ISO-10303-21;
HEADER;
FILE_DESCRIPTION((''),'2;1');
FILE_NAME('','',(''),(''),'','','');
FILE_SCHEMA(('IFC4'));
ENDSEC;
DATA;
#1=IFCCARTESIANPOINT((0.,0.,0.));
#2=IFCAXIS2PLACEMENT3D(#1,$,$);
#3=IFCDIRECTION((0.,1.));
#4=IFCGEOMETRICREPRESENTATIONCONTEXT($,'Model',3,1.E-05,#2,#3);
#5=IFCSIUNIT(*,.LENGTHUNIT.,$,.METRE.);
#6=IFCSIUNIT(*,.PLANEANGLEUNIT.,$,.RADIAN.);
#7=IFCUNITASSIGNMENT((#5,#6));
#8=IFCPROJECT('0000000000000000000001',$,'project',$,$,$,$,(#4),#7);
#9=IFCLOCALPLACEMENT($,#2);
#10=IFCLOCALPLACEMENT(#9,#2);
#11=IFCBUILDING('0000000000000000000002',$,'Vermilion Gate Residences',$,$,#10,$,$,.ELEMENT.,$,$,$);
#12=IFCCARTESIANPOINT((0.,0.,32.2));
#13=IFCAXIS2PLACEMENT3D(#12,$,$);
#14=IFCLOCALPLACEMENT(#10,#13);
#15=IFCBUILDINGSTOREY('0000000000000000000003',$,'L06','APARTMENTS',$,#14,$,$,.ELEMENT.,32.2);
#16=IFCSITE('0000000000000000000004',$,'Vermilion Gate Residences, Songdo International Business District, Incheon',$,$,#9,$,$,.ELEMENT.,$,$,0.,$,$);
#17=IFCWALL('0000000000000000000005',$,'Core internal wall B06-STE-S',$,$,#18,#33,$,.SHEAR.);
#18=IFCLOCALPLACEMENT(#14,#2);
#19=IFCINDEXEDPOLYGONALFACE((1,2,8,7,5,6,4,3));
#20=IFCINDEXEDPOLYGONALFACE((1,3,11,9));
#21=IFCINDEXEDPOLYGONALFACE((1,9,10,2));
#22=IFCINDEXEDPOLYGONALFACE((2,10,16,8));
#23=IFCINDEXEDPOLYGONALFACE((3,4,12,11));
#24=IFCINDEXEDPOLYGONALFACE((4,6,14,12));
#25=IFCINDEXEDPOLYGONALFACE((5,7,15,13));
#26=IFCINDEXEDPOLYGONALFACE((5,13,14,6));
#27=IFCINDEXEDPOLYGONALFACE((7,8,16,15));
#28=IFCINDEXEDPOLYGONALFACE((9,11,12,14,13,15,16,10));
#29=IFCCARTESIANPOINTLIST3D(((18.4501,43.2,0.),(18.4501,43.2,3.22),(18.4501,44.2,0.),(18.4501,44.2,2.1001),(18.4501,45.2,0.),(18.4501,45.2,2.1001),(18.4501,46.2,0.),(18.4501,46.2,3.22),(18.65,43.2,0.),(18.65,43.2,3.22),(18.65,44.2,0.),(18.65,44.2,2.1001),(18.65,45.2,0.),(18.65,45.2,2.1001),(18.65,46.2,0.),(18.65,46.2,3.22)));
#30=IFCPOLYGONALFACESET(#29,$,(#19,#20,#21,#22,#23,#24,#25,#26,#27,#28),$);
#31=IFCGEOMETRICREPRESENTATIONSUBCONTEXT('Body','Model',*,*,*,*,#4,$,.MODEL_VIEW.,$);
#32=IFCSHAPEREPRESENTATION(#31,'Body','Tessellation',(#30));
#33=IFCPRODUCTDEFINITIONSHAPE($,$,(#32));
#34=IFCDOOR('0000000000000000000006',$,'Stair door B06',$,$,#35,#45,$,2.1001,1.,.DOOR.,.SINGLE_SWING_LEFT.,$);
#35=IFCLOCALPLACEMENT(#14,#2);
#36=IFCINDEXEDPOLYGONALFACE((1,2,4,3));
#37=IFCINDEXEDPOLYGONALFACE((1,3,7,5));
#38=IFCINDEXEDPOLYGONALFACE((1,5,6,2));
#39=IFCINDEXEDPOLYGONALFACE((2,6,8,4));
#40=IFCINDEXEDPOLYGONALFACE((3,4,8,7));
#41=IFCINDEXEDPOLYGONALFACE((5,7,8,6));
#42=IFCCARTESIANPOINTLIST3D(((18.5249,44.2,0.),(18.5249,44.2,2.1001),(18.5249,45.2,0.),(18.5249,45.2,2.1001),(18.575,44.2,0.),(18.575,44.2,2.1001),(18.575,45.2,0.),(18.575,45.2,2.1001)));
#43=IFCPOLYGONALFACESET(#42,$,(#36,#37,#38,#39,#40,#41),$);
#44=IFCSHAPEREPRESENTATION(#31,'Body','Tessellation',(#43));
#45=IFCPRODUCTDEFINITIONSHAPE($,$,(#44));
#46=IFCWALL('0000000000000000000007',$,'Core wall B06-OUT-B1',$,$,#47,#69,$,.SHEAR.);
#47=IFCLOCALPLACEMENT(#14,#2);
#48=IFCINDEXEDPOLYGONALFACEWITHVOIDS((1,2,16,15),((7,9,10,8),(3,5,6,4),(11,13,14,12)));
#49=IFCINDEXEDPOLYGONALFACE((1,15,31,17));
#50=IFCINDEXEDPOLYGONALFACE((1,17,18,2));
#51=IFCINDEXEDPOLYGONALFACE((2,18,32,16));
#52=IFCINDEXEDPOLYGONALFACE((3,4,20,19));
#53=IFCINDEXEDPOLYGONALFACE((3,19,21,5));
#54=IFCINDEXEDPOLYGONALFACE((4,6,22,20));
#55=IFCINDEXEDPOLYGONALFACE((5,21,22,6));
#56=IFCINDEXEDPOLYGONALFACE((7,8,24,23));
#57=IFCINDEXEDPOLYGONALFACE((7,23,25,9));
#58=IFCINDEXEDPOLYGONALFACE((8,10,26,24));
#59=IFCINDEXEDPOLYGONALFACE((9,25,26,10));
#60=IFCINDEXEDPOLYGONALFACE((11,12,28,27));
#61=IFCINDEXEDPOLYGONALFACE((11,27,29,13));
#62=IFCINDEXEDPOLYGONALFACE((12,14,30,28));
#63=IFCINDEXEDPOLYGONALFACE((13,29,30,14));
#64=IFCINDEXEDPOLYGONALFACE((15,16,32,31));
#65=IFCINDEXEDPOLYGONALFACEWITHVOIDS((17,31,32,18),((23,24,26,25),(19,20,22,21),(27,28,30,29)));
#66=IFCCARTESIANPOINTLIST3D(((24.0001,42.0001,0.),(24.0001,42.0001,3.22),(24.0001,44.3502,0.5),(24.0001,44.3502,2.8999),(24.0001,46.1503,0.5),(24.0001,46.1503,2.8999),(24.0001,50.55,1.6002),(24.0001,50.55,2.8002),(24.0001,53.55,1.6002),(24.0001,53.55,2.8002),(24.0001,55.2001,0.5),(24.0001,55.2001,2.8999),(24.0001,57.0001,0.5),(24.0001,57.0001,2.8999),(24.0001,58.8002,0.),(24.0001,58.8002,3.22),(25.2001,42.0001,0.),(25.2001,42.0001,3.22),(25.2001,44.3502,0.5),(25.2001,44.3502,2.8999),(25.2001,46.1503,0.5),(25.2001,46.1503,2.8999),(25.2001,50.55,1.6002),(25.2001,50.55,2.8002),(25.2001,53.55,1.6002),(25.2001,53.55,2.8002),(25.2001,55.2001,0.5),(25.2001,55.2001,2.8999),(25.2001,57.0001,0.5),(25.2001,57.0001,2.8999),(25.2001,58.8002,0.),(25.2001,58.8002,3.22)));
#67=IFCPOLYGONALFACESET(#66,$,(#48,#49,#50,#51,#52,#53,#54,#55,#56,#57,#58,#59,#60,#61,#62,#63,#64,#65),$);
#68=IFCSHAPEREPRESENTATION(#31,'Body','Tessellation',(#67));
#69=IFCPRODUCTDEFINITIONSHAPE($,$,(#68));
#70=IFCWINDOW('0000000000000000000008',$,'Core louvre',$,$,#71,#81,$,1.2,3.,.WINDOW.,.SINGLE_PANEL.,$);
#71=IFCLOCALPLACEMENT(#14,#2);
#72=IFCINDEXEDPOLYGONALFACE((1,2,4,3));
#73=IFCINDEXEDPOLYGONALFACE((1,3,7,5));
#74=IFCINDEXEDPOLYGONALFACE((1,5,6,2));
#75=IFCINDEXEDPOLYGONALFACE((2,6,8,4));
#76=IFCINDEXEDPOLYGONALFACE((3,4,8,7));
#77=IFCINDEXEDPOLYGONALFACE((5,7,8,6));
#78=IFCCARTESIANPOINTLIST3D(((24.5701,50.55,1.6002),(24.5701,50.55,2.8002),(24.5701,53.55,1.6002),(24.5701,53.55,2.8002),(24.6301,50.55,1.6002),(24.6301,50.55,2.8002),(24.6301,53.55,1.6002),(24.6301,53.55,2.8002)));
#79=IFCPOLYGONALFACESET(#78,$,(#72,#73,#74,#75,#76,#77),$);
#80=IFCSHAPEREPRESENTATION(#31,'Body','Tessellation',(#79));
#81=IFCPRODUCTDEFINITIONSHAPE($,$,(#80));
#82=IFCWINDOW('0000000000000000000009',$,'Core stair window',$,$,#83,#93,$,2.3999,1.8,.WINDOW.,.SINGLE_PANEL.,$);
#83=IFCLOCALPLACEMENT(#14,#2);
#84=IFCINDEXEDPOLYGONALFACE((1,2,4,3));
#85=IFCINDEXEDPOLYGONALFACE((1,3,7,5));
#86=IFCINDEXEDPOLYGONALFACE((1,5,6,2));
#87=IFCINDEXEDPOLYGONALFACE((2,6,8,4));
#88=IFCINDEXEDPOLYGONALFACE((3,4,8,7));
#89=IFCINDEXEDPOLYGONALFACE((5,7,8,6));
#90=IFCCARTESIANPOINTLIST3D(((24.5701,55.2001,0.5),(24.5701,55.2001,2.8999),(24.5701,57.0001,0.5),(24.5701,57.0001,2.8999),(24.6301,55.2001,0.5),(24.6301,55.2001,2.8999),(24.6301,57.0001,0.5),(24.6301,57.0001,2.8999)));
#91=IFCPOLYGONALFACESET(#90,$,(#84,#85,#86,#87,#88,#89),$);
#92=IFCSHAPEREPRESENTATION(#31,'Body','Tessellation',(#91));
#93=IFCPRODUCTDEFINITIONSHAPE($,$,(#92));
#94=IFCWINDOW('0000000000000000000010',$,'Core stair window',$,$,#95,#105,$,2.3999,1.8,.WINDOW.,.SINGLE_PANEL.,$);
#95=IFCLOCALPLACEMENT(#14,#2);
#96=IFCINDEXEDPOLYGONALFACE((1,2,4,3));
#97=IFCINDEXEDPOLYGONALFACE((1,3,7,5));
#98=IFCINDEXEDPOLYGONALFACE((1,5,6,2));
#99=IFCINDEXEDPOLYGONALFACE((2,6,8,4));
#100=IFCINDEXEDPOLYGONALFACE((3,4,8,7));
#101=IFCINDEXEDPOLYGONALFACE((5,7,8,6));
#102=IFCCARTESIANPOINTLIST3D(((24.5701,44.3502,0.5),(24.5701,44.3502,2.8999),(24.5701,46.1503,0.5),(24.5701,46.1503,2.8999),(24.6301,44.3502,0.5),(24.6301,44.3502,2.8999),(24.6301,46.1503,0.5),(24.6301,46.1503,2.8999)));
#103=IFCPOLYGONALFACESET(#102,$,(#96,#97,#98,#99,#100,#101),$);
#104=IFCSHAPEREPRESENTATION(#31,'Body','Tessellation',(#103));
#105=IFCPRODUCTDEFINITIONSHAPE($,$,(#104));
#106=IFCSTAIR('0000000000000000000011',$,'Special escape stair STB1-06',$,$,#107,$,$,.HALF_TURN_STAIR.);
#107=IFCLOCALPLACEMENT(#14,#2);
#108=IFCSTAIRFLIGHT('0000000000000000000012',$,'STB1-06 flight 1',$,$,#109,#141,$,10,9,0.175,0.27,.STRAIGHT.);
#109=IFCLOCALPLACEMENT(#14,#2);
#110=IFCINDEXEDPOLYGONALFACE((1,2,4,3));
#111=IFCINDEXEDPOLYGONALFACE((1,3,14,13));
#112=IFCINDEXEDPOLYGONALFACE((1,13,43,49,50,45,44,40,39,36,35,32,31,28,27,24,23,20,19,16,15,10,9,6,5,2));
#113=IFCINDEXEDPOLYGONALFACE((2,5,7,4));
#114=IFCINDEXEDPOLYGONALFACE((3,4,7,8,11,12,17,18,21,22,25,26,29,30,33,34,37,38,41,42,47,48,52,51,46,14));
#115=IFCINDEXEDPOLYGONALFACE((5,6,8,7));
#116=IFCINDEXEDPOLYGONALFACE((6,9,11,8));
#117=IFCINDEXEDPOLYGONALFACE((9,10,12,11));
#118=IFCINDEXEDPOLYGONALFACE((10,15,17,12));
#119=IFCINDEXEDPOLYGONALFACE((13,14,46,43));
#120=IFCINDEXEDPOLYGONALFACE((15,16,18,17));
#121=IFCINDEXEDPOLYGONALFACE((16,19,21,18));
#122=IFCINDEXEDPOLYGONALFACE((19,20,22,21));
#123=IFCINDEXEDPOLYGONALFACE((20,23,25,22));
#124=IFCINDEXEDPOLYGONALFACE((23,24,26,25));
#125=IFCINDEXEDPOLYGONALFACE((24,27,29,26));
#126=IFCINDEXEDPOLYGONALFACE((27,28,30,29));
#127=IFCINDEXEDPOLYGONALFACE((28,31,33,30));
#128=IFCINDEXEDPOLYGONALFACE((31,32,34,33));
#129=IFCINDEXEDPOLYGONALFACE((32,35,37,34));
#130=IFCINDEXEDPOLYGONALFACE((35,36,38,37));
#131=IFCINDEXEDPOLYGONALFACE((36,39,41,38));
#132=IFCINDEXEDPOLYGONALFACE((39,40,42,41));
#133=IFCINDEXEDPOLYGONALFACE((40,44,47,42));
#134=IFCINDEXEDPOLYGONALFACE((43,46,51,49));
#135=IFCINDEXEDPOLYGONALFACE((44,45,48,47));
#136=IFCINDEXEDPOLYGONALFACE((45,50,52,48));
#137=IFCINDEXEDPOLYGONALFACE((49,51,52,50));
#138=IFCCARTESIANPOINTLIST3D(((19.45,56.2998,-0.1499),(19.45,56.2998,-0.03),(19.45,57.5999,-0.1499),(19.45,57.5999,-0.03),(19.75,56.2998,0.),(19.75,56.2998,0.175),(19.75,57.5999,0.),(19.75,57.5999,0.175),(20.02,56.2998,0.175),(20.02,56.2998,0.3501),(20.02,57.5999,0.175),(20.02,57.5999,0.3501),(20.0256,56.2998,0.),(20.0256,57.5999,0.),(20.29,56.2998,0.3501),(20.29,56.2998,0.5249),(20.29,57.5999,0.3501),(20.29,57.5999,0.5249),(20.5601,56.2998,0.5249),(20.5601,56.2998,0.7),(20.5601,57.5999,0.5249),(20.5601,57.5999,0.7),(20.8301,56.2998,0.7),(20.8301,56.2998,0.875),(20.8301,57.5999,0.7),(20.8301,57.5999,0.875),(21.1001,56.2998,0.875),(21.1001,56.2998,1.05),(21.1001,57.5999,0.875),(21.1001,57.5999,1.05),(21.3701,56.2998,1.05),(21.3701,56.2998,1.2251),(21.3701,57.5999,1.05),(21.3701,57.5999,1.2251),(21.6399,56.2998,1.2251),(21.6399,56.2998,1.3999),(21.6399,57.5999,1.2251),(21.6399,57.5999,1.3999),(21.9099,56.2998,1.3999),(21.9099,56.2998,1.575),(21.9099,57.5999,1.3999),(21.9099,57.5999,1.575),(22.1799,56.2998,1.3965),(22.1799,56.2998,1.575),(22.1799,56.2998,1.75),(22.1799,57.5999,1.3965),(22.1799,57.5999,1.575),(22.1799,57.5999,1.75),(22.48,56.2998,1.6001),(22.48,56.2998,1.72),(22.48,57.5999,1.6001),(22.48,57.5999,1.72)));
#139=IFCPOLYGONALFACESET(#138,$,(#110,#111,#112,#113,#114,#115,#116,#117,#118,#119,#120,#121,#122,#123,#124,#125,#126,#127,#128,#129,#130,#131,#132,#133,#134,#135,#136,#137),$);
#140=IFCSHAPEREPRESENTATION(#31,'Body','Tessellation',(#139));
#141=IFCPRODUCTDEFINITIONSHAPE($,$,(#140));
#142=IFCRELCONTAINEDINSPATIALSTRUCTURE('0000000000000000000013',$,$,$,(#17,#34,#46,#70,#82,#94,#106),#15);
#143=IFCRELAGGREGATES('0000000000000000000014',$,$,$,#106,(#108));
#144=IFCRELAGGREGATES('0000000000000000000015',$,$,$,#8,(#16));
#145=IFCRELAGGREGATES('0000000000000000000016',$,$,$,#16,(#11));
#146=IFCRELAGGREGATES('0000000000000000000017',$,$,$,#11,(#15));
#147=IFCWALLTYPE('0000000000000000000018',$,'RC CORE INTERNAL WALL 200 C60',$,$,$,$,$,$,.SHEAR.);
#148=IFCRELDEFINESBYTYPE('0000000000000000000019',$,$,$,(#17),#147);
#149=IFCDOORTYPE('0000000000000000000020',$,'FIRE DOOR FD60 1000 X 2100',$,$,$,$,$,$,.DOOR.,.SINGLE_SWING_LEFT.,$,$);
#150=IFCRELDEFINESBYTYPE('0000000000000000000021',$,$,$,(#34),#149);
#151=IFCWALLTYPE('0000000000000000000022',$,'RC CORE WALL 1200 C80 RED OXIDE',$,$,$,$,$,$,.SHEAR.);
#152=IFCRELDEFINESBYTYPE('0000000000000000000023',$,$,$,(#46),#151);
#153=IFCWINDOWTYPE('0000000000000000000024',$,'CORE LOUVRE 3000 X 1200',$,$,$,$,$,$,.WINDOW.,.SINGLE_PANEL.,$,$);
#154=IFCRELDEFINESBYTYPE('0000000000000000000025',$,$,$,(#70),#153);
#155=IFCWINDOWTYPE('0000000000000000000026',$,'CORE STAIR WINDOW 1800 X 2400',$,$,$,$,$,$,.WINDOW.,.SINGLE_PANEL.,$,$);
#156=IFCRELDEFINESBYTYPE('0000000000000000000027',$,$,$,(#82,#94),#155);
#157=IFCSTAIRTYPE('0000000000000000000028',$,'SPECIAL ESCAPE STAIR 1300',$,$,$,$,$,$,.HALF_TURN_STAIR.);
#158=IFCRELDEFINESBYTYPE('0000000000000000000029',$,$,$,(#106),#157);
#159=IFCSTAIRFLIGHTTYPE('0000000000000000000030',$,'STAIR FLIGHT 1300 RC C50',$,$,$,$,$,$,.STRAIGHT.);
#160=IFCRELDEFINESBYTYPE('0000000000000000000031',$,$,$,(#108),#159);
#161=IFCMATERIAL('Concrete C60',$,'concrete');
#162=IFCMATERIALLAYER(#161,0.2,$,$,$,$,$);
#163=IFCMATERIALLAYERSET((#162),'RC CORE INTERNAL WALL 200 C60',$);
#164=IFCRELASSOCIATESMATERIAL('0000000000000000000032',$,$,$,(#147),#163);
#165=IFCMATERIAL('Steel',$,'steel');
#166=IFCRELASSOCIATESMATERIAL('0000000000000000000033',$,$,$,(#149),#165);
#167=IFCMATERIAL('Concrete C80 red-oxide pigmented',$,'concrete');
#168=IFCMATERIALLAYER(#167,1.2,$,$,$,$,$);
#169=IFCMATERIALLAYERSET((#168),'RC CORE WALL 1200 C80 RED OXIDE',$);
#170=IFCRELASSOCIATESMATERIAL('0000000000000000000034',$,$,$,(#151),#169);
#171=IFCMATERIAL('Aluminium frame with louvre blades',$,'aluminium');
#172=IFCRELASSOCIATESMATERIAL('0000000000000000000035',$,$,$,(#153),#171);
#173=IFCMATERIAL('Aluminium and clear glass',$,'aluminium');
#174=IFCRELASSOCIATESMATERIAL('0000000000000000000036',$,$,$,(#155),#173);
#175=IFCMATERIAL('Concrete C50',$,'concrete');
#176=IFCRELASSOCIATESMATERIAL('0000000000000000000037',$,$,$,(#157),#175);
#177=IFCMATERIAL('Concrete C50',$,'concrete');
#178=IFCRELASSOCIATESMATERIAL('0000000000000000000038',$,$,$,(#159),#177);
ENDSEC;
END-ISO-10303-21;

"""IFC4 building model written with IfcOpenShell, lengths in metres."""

from ifc_helpers import new_model, si_unit, direction, frame, frame_2d, origin, place, context, subcontext, project, spatial, polyline, rectangle, outline, extrude, material, layer, layer_set, type_object, element, fill, aggregate, save


model = new_model("IFC4")

# Units and contexts
model_context = context("Model", 3, precision=1e-05, world=origin(), true_north=direction((0.0, 1.0)))
body_context = subcontext(model_context, "Body", "Model", "MODEL_VIEW")
ifc_project = project(units=[si_unit("LENGTHUNIT", "METRE"), si_unit("PLANEANGLEUNIT", "RADIAN")], contexts=[model_context])

# Site, building, storey
site_placement = place(None, origin())
site = spatial("IfcSite", under=ifc_project, at=site_placement, Name="Vermilion Gate Residences, Songdo International Business District, Incheon", CompositionType="ELEMENT", RefElevation=0.0)
building_placement = place(site_placement, origin())
building = spatial("IfcBuilding", under=site, at=building_placement, Name="Vermilion Gate Residences", CompositionType="ELEMENT")
storey_placement = place(building_placement, frame((0.0, 0.0, 32.2)))
storey = spatial("IfcBuildingStorey", under=building, at=storey_placement, Name="L06", Description="APARTMENTS", CompositionType="ELEMENT", Elevation=32.2)

# Shared definitions
ifc_material_1 = material(Name="Concrete C60", Category="concrete")
ifc_layer_1 = layer(ifc_material_1, 0.2)
ifc_layer_set_1 = layer_set([ifc_layer_1], Name="RC CORE INTERNAL WALL 200 C60")
wall_type_1 = type_object("IfcWallType", Name="RC CORE INTERNAL WALL 200 C60", PredefinedType="SHEAR", material=ifc_layer_set_1)

# Shared definitions
ifc_material_2 = material(Name="Steel", Category="steel")
door_type_1 = type_object("IfcDoorType", Name="FIRE DOOR FD60 1000 X 2100", OperationType="SINGLE_SWING_LEFT", PredefinedType="DOOR", material=ifc_material_2)

# Wall, opening, door
wall_1_placement = place(storey_placement, frame((18.55, 46.2, 0.0), z_axis=(0.0, 0.0, 1.0), x_axis=(0.0, -1.0, 0.0)))
wall_1 = element("IfcWall", 1, at=wall_1_placement, inside=storey, type_object=wall_type_1, Name="Core internal wall B06-STE-S", PredefinedType="SHEAR", context=body_context, shape_type="SweptSolid", body=[
    extrude(rectangle(XDim=3.0, YDim=0.2, at=frame_2d((1.5, 0.0))), origin(), (0.0, 0.0, 1.0), 3.22),
])
opening_1_placement = place(wall_1_placement, frame((1.0, 0.0, 0.0)))
opening_1 = element("IfcOpeningElement", 2, at=opening_1_placement, cuts=wall_1, PredefinedType="OPENING", context=body_context, shape_type="SweptSolid", body=[
    extrude(rectangle(XDim=1.0, YDim=2.1001, at=frame_2d((0.5, 1.05))), frame((0.0, 0.1099, 0.0), z_axis=(0.0, -1.0, 0.0), x_axis=(1.0, 0.0, 0.0)), (0.0, 0.0, 1.0), 0.22),
])
door_1_placement = place(opening_1_placement, origin())
door_1 = element("IfcDoor", 3, at=door_1_placement, inside=storey, type_object=door_type_1, Name="Stair door B06", OperationType="SINGLE_SWING_LEFT", OverallHeight=2.1001, OverallWidth=1.0, PredefinedType="DOOR", context=body_context, shape_type="SweptSolid", body=[
    extrude(rectangle(XDim=1.0, YDim=2.1001, at=frame_2d((0.5, 1.05))), frame((0.0, 0.0249, 0.0), z_axis=(0.0, -1.0, 0.0), x_axis=(1.0, 0.0, 0.0)), (0.0, 0.0, 1.0), 0.05),
])
fill(opening_1, door_1)

# Wall, openings, windows
ifc_material_3 = material(Name="Concrete C80 red-oxide pigmented", Category="concrete")
ifc_layer_2 = layer(ifc_material_3, 1.2)
ifc_layer_set_2 = layer_set([ifc_layer_2], Name="RC CORE WALL 1200 C80 RED OXIDE")
wall_type_2 = type_object("IfcWallType", Name="RC CORE WALL 1200 C80 RED OXIDE", PredefinedType="SHEAR", material=ifc_layer_set_2)
wall_2_placement = place(storey_placement, frame((24.6001, 58.8, 0.0), z_axis=(0.0, 0.0, 1.0), x_axis=(0.0, -1.0, 0.0)))
wall_2 = element("IfcWall", 4, at=wall_2_placement, inside=storey, type_object=wall_type_2, Name="Core wall B06-OUT-B1", PredefinedType="SHEAR", context=body_context, shape_type="SweptSolid", body=[
    extrude(rectangle(XDim=16.8, YDim=1.2, at=frame_2d((8.3999, 0.0))), origin(), (0.0, 0.0, 1.0), 3.22),
])
opening_2_placement = place(wall_2_placement, frame((1.8, 0.0, 0.5)))
opening_2 = element("IfcOpeningElement", 5, at=opening_2_placement, cuts=wall_2, PredefinedType="OPENING", context=body_context, shape_type="SweptSolid", body=[
    extrude(rectangle(XDim=1.8, YDim=2.3999, at=frame_2d((0.8999, 1.2))), frame((0.0, 0.6099, 0.0), z_axis=(0.0, -1.0, 0.0), x_axis=(1.0, 0.0, 0.0)), (0.0, 0.0, 1.0), 1.22),
])
opening_3_placement = place(wall_2_placement, frame((5.25, 0.0, 1.6001)))
opening_3 = element("IfcOpeningElement", 6, at=opening_3_placement, cuts=wall_2, PredefinedType="OPENING", context=body_context, shape_type="SweptSolid", body=[
    extrude(rectangle(XDim=3.0, YDim=1.2, at=frame_2d((1.5, 0.6001))), frame((0.0, 0.6099, 0.0), z_axis=(0.0, -1.0, 0.0), x_axis=(1.0, 0.0, 0.0)), (0.0, 0.0, 1.0), 1.22),
])
opening_4_placement = place(wall_2_placement, frame((12.6499, 0.0, 0.5)))
opening_4 = element("IfcOpeningElement", 7, at=opening_4_placement, cuts=wall_2, PredefinedType="OPENING", context=body_context, shape_type="SweptSolid", body=[
    extrude(rectangle(XDim=1.8, YDim=2.3999, at=frame_2d((0.8999, 1.2))), frame((0.0, 0.6099, 0.0), z_axis=(0.0, -1.0, 0.0), x_axis=(1.0, 0.0, 0.0)), (0.0, 0.0, 1.0), 1.22),
])
ifc_material_4 = material(Name="Aluminium frame with louvre blades", Category="aluminium")
window_type_1 = type_object("IfcWindowType", Name="CORE LOUVRE 3000 X 1200", PartitioningType="SINGLE_PANEL", PredefinedType="WINDOW", material=ifc_material_4)
window_1_placement = place(opening_3_placement, origin())
window_1 = element("IfcWindow", 8, at=window_1_placement, inside=storey, type_object=window_type_1, Name="Core louvre", OverallHeight=1.2, OverallWidth=3.0, PartitioningType="SINGLE_PANEL", PredefinedType="WINDOW", context=body_context, shape_type="SweptSolid", body=[
    extrude(rectangle(XDim=3.0, YDim=1.2, at=frame_2d((1.5, 0.6001))), frame((0.0, 0.03, 0.0), z_axis=(0.0, -1.0, 0.0), x_axis=(1.0, 0.0, 0.0)), (0.0, 0.0, 1.0), 0.0601),
])
fill(opening_3, window_1)
ifc_material_5 = material(Name="Aluminium and clear glass", Category="aluminium")
window_type_2 = type_object("IfcWindowType", Name="CORE STAIR WINDOW 1800 X 2400", PartitioningType="SINGLE_PANEL", PredefinedType="WINDOW", material=ifc_material_5)
window_2_placement = place(opening_2_placement, origin())
window_2 = element("IfcWindow", 9, at=window_2_placement, inside=storey, type_object=window_type_2, Name="Core stair window", OverallHeight=2.3999, OverallWidth=1.8, PartitioningType="SINGLE_PANEL", PredefinedType="WINDOW", context=body_context, shape_type="SweptSolid", body=[
    extrude(rectangle(XDim=1.8, YDim=2.3999, at=frame_2d((0.8999, 1.2))), frame((0.0, 0.03, 0.0), z_axis=(0.0, -1.0, 0.0), x_axis=(1.0, 0.0, 0.0)), (0.0, 0.0, 1.0), 0.0601),
])
fill(opening_2, window_2)
window_3_placement = place(opening_4_placement, origin())
window_3 = element("IfcWindow", 10, at=window_3_placement, inside=storey, type_object=window_type_2, Name="Core stair window", OverallHeight=2.3999, OverallWidth=1.8, PartitioningType="SINGLE_PANEL", PredefinedType="WINDOW", context=body_context, shape_type="SweptSolid", body=[
    extrude(rectangle(XDim=1.8, YDim=2.3999, at=frame_2d((0.8999, 1.2))), frame((0.0, 0.03, 0.0), z_axis=(0.0, -1.0, 0.0), x_axis=(1.0, 0.0, 0.0)), (0.0, 0.0, 1.0), 0.0601),
])
fill(opening_4, window_3)

# Stair, stair flight
ifc_material_6 = material(Name="Concrete C50", Category="concrete")
stair_type = type_object("IfcStairType", Name="SPECIAL ESCAPE STAIR 1300", PredefinedType="HALF_TURN_STAIR", material=ifc_material_6)
stair_1_placement = place(storey_placement, origin())
stair_1 = element("IfcStair", 11, at=stair_1_placement, inside=storey, type_object=stair_type, Name="Special escape stair STB1-06", PredefinedType="HALF_TURN_STAIR")
ifc_material_7 = material(Name="Concrete C50", Category="concrete")
stair_flight_type = type_object("IfcStairFlightType", Name="STAIR FLIGHT 1300 RC C50", PredefinedType="STRAIGHT", material=ifc_material_7)
stair_flight_1_placement = place(storey_placement, frame((19.75, 56.95, 0.0), z_axis=(0.0, 0.0, 1.0), x_axis=(1.0, 0.0, 0.0)))
stair_flight_1 = element("IfcStairFlight", 12, at=stair_flight_1_placement, type_object=stair_flight_type, Name="STB1-06 flight 1", NumberOfRisers=10, NumberOfTreads=9, PredefinedType="STRAIGHT", RiserHeight=0.175, TreadLength=0.27, context=body_context, shape_type="SweptSolid", body=[
    extrude(outline(polyline([(-0.3, -0.1499), (-0.3, -0.03), (0.0, 0.0), (0.0, 0.175), (0.27, 0.175), (0.27, 0.3501), (0.54, 0.3501), (0.54, 0.5249), (0.8101, 0.5249), (0.8101, 0.7), (1.0801, 0.7), (1.0801, 0.875), (1.3501, 0.875), (1.3501, 1.05), (1.6201, 1.05), (1.6201, 1.2251), (1.8899, 1.2251), (1.8899, 1.3999), (2.1599, 1.3999), (2.1599, 1.575), (2.4299, 1.575), (2.4299, 1.75), (2.73, 1.72), (2.73, 1.6001), (2.4299, 1.3965), (0.2756, 0.0), (-0.3, -0.1499)])), frame((0.0, 0.6499, 0.0), z_axis=(0.0, -1.0, 0.0), x_axis=(1.0, 0.0, 0.0)), (0.0, 0.0, 1.0), 1.3),
])
aggregate(stair_1, [stair_flight_1])

save(model, "model.ifc")
